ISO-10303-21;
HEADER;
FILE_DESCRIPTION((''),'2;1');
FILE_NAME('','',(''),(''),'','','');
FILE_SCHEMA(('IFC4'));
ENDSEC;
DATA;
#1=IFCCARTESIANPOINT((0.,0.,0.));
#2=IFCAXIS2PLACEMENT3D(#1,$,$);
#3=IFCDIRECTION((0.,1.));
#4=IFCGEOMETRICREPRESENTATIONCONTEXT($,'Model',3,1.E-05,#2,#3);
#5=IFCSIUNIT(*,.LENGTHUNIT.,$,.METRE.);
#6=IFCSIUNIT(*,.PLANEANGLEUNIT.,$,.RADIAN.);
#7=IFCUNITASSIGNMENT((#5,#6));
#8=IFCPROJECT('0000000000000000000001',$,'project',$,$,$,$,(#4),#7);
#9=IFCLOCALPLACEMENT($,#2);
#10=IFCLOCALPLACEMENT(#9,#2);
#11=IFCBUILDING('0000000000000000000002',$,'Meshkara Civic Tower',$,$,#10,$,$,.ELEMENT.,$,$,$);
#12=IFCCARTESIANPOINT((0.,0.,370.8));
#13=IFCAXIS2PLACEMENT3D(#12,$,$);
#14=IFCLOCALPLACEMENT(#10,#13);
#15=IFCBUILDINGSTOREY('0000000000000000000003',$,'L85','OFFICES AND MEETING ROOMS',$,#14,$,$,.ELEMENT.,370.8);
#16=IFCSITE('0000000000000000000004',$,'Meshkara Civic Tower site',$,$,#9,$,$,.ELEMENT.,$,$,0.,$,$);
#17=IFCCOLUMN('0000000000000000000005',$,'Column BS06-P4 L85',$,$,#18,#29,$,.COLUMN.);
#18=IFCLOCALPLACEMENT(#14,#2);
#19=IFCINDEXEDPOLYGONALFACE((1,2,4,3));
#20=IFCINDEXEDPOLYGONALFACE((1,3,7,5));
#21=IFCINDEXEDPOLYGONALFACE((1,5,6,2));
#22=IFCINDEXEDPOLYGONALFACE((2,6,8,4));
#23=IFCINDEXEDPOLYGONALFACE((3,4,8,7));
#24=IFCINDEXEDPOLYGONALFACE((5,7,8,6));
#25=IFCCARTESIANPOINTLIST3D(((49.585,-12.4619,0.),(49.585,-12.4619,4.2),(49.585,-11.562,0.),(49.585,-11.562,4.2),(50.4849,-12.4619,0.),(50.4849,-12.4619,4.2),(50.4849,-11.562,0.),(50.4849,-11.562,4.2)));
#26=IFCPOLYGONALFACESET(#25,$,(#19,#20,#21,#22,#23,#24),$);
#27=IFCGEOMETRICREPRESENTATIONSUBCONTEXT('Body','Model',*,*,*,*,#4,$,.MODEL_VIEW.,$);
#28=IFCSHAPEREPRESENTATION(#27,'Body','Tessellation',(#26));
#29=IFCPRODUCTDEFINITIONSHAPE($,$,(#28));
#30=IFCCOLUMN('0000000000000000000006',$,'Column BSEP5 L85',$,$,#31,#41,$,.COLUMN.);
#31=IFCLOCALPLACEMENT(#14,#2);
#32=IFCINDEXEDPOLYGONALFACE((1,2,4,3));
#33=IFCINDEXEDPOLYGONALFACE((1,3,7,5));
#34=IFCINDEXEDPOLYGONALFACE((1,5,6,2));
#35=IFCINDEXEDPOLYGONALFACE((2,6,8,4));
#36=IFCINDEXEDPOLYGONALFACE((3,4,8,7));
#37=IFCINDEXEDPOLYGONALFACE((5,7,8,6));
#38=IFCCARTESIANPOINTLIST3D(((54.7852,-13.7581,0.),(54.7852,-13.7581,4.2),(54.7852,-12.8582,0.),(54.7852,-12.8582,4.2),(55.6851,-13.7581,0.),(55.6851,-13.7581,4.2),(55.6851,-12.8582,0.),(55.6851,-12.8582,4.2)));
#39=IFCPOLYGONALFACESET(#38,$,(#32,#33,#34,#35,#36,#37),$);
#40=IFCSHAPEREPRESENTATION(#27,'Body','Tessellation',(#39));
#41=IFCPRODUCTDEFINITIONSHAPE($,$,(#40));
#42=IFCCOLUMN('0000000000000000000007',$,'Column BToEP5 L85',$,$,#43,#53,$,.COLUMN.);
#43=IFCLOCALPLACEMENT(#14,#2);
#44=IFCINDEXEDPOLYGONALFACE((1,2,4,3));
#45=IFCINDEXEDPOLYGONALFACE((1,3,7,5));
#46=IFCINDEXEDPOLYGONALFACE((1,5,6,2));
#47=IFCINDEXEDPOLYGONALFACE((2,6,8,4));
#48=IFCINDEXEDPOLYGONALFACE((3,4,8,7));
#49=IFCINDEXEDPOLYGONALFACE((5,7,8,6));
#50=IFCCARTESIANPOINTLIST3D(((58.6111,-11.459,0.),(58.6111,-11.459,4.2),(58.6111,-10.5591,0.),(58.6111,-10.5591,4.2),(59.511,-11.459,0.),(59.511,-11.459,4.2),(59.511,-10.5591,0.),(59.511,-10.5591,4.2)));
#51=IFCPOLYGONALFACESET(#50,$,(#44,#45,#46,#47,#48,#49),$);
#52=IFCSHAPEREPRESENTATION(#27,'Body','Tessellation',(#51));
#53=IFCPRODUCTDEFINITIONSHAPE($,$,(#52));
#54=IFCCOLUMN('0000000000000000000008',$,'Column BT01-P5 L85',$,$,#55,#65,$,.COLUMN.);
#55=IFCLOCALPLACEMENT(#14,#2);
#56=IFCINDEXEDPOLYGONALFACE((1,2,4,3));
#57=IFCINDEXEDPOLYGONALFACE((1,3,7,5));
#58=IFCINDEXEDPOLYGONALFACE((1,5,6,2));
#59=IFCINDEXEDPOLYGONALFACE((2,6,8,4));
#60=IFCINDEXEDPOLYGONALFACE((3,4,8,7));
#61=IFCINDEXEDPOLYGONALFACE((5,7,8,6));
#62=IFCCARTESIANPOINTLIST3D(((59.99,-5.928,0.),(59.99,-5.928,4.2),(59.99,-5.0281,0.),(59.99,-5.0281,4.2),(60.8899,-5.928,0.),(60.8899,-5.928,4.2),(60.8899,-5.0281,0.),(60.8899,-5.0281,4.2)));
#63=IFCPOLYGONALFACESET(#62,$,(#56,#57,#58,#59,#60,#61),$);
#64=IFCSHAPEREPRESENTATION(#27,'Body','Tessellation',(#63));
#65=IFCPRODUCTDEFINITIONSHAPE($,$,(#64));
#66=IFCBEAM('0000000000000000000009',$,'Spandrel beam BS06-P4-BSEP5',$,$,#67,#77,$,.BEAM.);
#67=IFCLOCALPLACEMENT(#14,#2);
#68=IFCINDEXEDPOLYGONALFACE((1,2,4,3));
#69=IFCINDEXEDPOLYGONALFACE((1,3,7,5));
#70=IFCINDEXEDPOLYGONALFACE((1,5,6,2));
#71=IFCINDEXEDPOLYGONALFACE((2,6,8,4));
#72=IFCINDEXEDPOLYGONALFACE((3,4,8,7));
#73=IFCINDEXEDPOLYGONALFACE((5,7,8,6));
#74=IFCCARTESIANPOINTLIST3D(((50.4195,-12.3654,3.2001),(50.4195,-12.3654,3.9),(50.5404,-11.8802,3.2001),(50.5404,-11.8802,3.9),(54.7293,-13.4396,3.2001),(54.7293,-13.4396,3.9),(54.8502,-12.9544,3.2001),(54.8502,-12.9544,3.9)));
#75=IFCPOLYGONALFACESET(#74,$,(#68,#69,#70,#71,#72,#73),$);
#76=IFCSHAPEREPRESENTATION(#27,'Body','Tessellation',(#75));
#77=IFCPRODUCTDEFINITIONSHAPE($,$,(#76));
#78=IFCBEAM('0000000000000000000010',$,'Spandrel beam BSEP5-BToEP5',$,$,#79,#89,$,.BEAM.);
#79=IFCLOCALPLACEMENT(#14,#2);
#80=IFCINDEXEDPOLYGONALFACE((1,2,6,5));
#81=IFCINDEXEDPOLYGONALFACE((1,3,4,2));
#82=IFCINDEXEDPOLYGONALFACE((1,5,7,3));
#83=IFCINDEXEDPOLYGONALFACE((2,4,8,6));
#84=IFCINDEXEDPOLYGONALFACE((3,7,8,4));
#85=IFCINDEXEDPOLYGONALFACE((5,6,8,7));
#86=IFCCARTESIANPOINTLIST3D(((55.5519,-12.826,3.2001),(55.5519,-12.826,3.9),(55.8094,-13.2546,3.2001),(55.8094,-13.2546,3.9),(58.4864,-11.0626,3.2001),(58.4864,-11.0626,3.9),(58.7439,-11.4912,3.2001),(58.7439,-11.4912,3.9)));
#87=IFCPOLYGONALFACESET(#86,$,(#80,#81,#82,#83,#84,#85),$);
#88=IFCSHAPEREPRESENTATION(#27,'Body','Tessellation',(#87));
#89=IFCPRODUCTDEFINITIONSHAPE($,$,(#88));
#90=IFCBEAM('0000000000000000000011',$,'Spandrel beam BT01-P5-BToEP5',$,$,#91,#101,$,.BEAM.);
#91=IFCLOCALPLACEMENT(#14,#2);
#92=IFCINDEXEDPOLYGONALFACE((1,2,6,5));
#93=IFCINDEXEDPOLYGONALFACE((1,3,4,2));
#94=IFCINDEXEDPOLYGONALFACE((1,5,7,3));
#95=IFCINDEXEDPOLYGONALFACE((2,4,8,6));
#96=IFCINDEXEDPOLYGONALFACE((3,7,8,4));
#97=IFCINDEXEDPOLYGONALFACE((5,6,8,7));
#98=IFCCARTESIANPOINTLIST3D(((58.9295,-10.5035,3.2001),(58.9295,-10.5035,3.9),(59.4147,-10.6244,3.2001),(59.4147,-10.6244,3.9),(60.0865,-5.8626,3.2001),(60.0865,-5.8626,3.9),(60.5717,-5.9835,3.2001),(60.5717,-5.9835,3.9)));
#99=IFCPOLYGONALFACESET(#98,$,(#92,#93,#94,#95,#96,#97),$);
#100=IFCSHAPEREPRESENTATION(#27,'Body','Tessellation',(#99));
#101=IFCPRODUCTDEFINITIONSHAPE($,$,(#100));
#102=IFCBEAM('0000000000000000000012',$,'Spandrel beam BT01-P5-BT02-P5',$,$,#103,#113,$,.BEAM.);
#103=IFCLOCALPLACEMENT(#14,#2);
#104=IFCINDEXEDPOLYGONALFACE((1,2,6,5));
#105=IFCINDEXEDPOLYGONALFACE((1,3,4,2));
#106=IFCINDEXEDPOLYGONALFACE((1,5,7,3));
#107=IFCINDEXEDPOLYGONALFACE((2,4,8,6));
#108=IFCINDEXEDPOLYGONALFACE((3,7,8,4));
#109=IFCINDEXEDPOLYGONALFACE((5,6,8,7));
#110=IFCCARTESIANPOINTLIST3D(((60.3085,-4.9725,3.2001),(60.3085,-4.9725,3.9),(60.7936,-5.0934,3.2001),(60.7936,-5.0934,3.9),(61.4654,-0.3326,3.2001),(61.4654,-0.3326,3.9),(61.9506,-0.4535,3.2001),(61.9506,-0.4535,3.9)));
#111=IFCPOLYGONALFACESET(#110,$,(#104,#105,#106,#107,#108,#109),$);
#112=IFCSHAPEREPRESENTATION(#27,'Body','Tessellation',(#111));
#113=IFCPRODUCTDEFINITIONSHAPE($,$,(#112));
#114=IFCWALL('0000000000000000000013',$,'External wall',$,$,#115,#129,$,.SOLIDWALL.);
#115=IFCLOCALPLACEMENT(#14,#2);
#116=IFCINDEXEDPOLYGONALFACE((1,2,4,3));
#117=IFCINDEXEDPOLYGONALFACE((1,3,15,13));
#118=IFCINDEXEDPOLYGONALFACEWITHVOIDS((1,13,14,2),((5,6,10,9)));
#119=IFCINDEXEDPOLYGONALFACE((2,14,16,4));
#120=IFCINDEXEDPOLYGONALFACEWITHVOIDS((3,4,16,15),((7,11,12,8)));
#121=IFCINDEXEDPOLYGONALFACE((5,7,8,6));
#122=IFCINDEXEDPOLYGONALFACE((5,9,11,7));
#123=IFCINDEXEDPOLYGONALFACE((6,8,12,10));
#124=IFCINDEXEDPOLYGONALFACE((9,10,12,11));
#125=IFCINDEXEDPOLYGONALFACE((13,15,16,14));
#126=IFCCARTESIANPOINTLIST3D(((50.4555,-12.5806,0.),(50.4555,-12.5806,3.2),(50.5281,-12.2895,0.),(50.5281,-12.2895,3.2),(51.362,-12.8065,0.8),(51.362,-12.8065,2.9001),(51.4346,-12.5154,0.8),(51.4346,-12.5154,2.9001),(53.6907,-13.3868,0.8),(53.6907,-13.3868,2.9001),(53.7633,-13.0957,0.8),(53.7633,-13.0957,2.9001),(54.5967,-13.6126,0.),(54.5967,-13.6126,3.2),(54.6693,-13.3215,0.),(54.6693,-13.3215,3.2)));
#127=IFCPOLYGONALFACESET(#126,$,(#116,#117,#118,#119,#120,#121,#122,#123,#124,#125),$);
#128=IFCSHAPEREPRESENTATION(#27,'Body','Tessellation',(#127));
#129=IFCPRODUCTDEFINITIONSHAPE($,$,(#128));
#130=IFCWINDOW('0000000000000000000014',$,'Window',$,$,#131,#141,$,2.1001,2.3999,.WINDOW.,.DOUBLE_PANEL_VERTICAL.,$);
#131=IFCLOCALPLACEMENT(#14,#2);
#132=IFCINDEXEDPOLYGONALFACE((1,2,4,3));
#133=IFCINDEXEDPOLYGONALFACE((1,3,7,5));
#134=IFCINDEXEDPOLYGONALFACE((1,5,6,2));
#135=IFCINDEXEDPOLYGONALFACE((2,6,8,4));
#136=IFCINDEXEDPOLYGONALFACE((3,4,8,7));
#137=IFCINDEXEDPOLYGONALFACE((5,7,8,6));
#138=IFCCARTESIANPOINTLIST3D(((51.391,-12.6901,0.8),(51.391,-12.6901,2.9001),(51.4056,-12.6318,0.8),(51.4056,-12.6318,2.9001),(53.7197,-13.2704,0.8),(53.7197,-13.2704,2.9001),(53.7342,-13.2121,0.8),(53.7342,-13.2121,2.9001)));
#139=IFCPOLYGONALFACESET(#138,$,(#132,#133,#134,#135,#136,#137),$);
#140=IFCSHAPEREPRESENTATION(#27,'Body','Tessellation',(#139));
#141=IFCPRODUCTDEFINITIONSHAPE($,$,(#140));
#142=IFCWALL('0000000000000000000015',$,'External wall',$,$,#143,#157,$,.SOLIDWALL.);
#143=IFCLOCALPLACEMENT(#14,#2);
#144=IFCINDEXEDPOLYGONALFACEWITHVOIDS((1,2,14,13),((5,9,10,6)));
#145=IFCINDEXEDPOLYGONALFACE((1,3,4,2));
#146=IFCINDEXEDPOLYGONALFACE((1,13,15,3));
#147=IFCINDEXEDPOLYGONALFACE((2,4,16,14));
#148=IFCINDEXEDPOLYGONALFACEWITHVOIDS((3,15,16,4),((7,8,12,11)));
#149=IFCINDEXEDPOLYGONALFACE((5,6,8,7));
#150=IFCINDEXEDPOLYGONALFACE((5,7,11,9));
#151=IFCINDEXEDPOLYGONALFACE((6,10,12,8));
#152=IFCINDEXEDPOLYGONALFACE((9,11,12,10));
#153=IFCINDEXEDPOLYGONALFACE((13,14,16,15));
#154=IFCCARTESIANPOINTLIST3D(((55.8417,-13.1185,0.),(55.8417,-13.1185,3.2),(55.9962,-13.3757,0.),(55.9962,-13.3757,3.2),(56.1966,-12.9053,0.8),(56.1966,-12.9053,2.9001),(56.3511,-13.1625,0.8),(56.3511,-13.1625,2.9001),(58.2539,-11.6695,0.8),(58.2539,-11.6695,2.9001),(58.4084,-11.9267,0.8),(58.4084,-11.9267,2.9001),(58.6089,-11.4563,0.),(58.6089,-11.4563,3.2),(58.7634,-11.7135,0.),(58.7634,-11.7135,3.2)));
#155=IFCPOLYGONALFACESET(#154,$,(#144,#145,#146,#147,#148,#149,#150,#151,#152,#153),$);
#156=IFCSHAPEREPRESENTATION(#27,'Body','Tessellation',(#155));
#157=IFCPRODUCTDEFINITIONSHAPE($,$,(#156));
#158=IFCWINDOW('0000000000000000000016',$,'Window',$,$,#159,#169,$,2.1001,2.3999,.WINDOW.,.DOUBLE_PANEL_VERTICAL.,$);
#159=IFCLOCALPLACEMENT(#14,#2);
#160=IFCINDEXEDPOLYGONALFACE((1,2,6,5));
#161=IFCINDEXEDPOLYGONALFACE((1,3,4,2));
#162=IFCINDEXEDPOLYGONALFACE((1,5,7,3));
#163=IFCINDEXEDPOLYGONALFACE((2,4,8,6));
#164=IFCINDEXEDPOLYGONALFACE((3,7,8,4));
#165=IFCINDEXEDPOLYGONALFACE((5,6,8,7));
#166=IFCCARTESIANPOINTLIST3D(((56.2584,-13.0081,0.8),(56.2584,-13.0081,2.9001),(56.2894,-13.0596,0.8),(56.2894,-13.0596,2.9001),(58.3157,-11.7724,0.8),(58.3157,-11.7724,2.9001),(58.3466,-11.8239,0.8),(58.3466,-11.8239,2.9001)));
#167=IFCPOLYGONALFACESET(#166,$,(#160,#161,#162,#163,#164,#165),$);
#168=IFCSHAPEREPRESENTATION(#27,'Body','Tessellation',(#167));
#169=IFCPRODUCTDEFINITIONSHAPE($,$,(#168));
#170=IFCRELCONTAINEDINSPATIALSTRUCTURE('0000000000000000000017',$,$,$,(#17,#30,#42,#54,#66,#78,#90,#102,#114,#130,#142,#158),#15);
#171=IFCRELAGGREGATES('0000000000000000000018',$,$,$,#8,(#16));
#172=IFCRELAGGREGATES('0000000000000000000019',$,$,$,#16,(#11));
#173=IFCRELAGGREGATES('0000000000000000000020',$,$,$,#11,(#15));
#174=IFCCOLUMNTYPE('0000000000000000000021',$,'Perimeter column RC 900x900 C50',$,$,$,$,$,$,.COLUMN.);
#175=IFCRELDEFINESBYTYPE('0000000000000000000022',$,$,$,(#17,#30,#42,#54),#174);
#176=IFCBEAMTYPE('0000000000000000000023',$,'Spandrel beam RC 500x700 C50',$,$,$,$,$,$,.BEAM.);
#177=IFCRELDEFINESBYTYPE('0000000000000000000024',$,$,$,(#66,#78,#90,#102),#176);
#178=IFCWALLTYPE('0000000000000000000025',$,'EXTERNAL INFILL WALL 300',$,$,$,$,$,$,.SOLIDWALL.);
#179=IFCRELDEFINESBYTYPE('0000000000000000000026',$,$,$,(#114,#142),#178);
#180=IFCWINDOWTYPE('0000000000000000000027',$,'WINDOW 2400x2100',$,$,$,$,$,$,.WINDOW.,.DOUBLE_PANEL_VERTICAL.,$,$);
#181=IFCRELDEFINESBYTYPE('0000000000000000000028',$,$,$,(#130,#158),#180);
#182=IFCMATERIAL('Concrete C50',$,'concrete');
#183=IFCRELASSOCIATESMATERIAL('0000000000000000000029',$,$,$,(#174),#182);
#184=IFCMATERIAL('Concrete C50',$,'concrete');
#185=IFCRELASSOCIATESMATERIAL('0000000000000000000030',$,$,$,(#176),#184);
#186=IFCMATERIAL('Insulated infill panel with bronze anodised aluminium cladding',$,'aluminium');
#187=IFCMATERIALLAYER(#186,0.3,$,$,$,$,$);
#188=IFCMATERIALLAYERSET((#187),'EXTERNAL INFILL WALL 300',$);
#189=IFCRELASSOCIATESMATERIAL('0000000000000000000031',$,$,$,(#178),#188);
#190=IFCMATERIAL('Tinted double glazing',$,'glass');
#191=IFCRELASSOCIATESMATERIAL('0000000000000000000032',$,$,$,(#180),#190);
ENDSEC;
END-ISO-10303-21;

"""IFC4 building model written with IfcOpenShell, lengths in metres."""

from ifc_helpers import new_model, si_unit, direction, frame, frame_2d, origin, origin_2d, place, context, subcontext, project, spatial, rectangle, extrude, material, layer, layer_set, material_profile, profile_set, type_object, element, fill, save


model = new_model("IFC4")

# Units and contexts
model_context = context("Model", 3, precision=1e-05, world=origin(), true_north=direction((0.0, 1.0)))
body_context = subcontext(model_context, "Body", "Model", "MODEL_VIEW")
ifc_project = project(units=[si_unit("LENGTHUNIT", "METRE"), si_unit("PLANEANGLEUNIT", "RADIAN")], contexts=[model_context])

# Site, building, storey
site_placement = place(None, origin())
site = spatial("IfcSite", under=ifc_project, at=site_placement, Name="Meshkara Civic Tower site", CompositionType="ELEMENT", RefElevation=0.0)
building_placement = place(site_placement, origin())
building = spatial("IfcBuilding", under=site, at=building_placement, Name="Meshkara Civic Tower", CompositionType="ELEMENT")
storey_placement = place(building_placement, frame((0.0, 0.0, 370.8)))
storey = spatial("IfcBuildingStorey", under=building, at=storey_placement, Name="L85", Description="OFFICES AND MEETING ROOMS", CompositionType="ELEMENT", Elevation=370.8)

# Columns
ifc_material_1 = material(Name="Concrete C50", Category="concrete")
ifc_material_profile_1 = material_profile(ifc_material_1, rectangle(XDim=0.8999, YDim=0.8999, at=origin_2d()))
ifc_profile_set_1 = profile_set([ifc_material_profile_1], Name="Concrete C50")
column_type = type_object("IfcColumnType", Name="Perimeter column RC 900x900 C50", PredefinedType="COLUMN", material=ifc_profile_set_1)
for number, where, z_axis, x_axis, name in (
    (1, (50.0349, -12.012, 0.0), (0.0, 0.0, 1.0), (1.0, 0.0, 0.0), "Column BS06-P4 L85"),
    (2, (55.2351, -13.3081, 0.0), (0.0, 0.0, 1.0), (1.0, 0.0, 0.0), "Column BSEP5 L85"),
    (3, (59.061, -11.009, 0.0), (0.0, 0.0, 1.0), (1.0, 0.0, 0.0), "Column BToEP5 L85"),
    (4, (60.4399, -5.478, 0.0), (0.0, 0.0, 1.0), (1.0, 0.0, 0.0), "Column BT01-P5 L85"),
):
    element("IfcColumn", number, at=place(storey_placement, frame(where, z_axis=z_axis, x_axis=x_axis)), inside=storey, type_object=column_type, Name=name, PredefinedType="COLUMN", context=body_context, shape_type="SweptSolid", body=[
        extrude(rectangle(XDim=0.8999, YDim=0.8999, at=origin_2d()), origin(), (0.0, 0.0, 1.0), 4.2),
    ])

# Beams
ifc_material_2 = material(Name="Concrete C50", Category="concrete")
ifc_material_profile_2 = material_profile(ifc_material_2, rectangle(XDim=0.5, YDim=0.7, at=origin_2d()))
ifc_profile_set_2 = profile_set([ifc_material_profile_2], Name="Concrete C50")
beam_type = type_object("IfcBeamType", Name="Spandrel beam RC 500x700 C50", PredefinedType="BEAM", material=ifc_profile_set_2)
beam_1_placement = place(storey_placement, frame((50.48, -12.1228, 3.55), z_axis=(0.970314, -0.24185, 0.0), x_axis=(0.24185, 0.970314, 0.0)))
element("IfcBeam", 5, at=beam_1_placement, inside=storey, type_object=beam_type, Name="Spandrel beam BS06-P4-BSEP5", PredefinedType="BEAM", context=body_context, shape_type="SweptSolid", body=[
    extrude(rectangle(XDim=0.5, YDim=0.7, at=origin_2d()), origin(), (0.0, 0.0, 1.0), 4.4417),
])
beam_2_placement = place(storey_placement, frame((55.6807, -13.0403, 3.55), z_axis=(0.857147, 0.515072, 0.0), x_axis=(-0.515072, 0.857147, 0.0)))
element("IfcBeam", 6, at=beam_2_placement, inside=storey, type_object=beam_type, Name="Spandrel beam BSEP5-BToEP5", PredefinedType="BEAM", context=body_context, shape_type="SweptSolid", body=[
    extrude(rectangle(XDim=0.5, YDim=0.7, at=origin_2d()), origin(), (0.0, 0.0, 1.0), 3.4236),
])
beam_3_placement = place(storey_placement, frame((59.1721, -10.564, 3.55), z_axis=(0.241899, 0.970301, 0.0), x_axis=(-0.970301, 0.241899, 0.0)))
element("IfcBeam", 7, at=beam_3_placement, inside=storey, type_object=beam_type, Name="Spandrel beam BT01-P5-BToEP5", PredefinedType="BEAM", context=body_context, shape_type="SweptSolid", body=[
    extrude(rectangle(XDim=0.5, YDim=0.7, at=origin_2d()), origin(), (0.0, 0.0, 1.0), 4.783),
])
beam_4_placement = place(storey_placement, frame((60.551, -5.033, 3.55), z_axis=(0.241947, 0.970289, 0.0), x_axis=(-0.970289, 0.241947, 0.0)))
element("IfcBeam", 8, at=beam_4_placement, inside=storey, type_object=beam_type, Name="Spandrel beam BT01-P5-BT02-P5", PredefinedType="BEAM", context=body_context, shape_type="SweptSolid", body=[
    extrude(rectangle(XDim=0.5, YDim=0.7, at=origin_2d()), origin(), (0.0, 0.0, 1.0), 4.782),
])

# Walls, openings, windows
ifc_material_3 = material(Name="Insulated infill panel with bronze anodised aluminium cladding", Category="aluminium")
ifc_layer_1 = layer(ifc_material_3, 0.3)
ifc_layer_set_1 = layer_set([ifc_layer_1], Name="EXTERNAL INFILL WALL 300")
wall_type_1 = type_object("IfcWallType", Name="EXTERNAL INFILL WALL 300", PredefinedType="SOLIDWALL", material=ifc_layer_set_1)
wall_1_placement = place(storey_placement, frame((50.4919, -12.4351, 0.0), z_axis=(0.0, 0.0, 1.0), x_axis=(0.970324, -0.241809, 0.0)))
wall_1 = element("IfcWall", 9, at=wall_1_placement, inside=storey, type_object=wall_type_1, Name="External wall", PredefinedType="SOLIDWALL", context=body_context, shape_type="SweptSolid", body=[
    extrude(rectangle(XDim=4.2678, YDim=0.3, at=frame_2d((2.1338, 0.0))), origin(), (0.0, 0.0, 1.0), 3.2),
])
opening_1_placement = place(wall_1_placement, frame((0.9341, 0.0, 0.8)))
opening_1 = element("IfcOpeningElement", 10, at=opening_1_placement, cuts=wall_1, PredefinedType="OPENING", context=body_context, shape_type="SweptSolid", body=[
    extrude(rectangle(XDim=2.3999, YDim=2.1001, at=frame_2d((1.2, 1.05))), frame((0.0, 0.1599, 0.0), z_axis=(0.0, -1.0, 0.0), x_axis=(1.0, 0.0, 0.0)), (0.0, 0.0, 1.0), 0.3201),
])
ifc_material_4 = material(Name="Tinted double glazing", Category="glass")
window_type = type_object("IfcWindowType", Name="WINDOW 2400x2100", PartitioningType="DOUBLE_PANEL_VERTICAL", PredefinedType="WINDOW", material=ifc_material_4)
window_1_placement = place(opening_1_placement, origin())
window_1 = element("IfcWindow", 11, at=window_1_placement, inside=storey, type_object=window_type, Name="Window", OverallHeight=2.1001, OverallWidth=2.3999, PartitioningType="DOUBLE_PANEL_VERTICAL", PredefinedType="WINDOW", context=body_context, shape_type="SweptSolid", body=[
    extrude(rectangle(XDim=2.3999, YDim=2.1001, at=frame_2d((1.2, 1.05))), frame((0.0, 0.03, 0.0), z_axis=(0.0, -1.0, 0.0), x_axis=(1.0, 0.0, 0.0)), (0.0, 0.0, 1.0), 0.0601),
])
fill(opening_1, window_1)
wall_2_placement = place(storey_placement, frame((55.9189, -13.2471, 0.0), z_axis=(0.0, 0.0, 1.0), x_axis=(0.857239, 0.514918, 0.0)))
wall_2 = element("IfcWall", 12, at=wall_2_placement, inside=storey, type_object=wall_type_1, Name="External wall", PredefinedType="SOLIDWALL", context=body_context, shape_type="SweptSolid", body=[
    extrude(rectangle(XDim=3.228, YDim=0.3, at=frame_2d((1.614, 0.0))), origin(), (0.0, 0.0, 1.0), 3.2),
])
opening_2_placement = place(wall_2_placement, frame((0.4141, 0.0, 0.8)))
opening_2 = element("IfcOpeningElement", 13, at=opening_2_placement, cuts=wall_2, PredefinedType="OPENING", context=body_context, shape_type="SweptSolid", body=[
    extrude(rectangle(XDim=2.3999, YDim=2.1001, at=frame_2d((1.2, 1.05))), frame((0.0, 0.1599, 0.0), z_axis=(0.0, -1.0, 0.0), x_axis=(1.0, 0.0, 0.0)), (0.0, 0.0, 1.0), 0.3201),
])
window_2_placement = place(opening_2_placement, origin())
window_2 = element("IfcWindow", 14, at=window_2_placement, inside=storey, type_object=window_type, Name="Window", OverallHeight=2.1001, OverallWidth=2.3999, PartitioningType="DOUBLE_PANEL_VERTICAL", PredefinedType="WINDOW", context=body_context, shape_type="SweptSolid", body=[
    extrude(rectangle(XDim=2.3999, YDim=2.1001, at=frame_2d((1.2, 1.05))), frame((0.0, 0.03, 0.0), z_axis=(0.0, -1.0, 0.0), x_axis=(1.0, 0.0, 0.0)), (0.0, 0.0, 1.0), 0.0601),
])
fill(opening_2, window_2)

save(model, "model.ifc")
